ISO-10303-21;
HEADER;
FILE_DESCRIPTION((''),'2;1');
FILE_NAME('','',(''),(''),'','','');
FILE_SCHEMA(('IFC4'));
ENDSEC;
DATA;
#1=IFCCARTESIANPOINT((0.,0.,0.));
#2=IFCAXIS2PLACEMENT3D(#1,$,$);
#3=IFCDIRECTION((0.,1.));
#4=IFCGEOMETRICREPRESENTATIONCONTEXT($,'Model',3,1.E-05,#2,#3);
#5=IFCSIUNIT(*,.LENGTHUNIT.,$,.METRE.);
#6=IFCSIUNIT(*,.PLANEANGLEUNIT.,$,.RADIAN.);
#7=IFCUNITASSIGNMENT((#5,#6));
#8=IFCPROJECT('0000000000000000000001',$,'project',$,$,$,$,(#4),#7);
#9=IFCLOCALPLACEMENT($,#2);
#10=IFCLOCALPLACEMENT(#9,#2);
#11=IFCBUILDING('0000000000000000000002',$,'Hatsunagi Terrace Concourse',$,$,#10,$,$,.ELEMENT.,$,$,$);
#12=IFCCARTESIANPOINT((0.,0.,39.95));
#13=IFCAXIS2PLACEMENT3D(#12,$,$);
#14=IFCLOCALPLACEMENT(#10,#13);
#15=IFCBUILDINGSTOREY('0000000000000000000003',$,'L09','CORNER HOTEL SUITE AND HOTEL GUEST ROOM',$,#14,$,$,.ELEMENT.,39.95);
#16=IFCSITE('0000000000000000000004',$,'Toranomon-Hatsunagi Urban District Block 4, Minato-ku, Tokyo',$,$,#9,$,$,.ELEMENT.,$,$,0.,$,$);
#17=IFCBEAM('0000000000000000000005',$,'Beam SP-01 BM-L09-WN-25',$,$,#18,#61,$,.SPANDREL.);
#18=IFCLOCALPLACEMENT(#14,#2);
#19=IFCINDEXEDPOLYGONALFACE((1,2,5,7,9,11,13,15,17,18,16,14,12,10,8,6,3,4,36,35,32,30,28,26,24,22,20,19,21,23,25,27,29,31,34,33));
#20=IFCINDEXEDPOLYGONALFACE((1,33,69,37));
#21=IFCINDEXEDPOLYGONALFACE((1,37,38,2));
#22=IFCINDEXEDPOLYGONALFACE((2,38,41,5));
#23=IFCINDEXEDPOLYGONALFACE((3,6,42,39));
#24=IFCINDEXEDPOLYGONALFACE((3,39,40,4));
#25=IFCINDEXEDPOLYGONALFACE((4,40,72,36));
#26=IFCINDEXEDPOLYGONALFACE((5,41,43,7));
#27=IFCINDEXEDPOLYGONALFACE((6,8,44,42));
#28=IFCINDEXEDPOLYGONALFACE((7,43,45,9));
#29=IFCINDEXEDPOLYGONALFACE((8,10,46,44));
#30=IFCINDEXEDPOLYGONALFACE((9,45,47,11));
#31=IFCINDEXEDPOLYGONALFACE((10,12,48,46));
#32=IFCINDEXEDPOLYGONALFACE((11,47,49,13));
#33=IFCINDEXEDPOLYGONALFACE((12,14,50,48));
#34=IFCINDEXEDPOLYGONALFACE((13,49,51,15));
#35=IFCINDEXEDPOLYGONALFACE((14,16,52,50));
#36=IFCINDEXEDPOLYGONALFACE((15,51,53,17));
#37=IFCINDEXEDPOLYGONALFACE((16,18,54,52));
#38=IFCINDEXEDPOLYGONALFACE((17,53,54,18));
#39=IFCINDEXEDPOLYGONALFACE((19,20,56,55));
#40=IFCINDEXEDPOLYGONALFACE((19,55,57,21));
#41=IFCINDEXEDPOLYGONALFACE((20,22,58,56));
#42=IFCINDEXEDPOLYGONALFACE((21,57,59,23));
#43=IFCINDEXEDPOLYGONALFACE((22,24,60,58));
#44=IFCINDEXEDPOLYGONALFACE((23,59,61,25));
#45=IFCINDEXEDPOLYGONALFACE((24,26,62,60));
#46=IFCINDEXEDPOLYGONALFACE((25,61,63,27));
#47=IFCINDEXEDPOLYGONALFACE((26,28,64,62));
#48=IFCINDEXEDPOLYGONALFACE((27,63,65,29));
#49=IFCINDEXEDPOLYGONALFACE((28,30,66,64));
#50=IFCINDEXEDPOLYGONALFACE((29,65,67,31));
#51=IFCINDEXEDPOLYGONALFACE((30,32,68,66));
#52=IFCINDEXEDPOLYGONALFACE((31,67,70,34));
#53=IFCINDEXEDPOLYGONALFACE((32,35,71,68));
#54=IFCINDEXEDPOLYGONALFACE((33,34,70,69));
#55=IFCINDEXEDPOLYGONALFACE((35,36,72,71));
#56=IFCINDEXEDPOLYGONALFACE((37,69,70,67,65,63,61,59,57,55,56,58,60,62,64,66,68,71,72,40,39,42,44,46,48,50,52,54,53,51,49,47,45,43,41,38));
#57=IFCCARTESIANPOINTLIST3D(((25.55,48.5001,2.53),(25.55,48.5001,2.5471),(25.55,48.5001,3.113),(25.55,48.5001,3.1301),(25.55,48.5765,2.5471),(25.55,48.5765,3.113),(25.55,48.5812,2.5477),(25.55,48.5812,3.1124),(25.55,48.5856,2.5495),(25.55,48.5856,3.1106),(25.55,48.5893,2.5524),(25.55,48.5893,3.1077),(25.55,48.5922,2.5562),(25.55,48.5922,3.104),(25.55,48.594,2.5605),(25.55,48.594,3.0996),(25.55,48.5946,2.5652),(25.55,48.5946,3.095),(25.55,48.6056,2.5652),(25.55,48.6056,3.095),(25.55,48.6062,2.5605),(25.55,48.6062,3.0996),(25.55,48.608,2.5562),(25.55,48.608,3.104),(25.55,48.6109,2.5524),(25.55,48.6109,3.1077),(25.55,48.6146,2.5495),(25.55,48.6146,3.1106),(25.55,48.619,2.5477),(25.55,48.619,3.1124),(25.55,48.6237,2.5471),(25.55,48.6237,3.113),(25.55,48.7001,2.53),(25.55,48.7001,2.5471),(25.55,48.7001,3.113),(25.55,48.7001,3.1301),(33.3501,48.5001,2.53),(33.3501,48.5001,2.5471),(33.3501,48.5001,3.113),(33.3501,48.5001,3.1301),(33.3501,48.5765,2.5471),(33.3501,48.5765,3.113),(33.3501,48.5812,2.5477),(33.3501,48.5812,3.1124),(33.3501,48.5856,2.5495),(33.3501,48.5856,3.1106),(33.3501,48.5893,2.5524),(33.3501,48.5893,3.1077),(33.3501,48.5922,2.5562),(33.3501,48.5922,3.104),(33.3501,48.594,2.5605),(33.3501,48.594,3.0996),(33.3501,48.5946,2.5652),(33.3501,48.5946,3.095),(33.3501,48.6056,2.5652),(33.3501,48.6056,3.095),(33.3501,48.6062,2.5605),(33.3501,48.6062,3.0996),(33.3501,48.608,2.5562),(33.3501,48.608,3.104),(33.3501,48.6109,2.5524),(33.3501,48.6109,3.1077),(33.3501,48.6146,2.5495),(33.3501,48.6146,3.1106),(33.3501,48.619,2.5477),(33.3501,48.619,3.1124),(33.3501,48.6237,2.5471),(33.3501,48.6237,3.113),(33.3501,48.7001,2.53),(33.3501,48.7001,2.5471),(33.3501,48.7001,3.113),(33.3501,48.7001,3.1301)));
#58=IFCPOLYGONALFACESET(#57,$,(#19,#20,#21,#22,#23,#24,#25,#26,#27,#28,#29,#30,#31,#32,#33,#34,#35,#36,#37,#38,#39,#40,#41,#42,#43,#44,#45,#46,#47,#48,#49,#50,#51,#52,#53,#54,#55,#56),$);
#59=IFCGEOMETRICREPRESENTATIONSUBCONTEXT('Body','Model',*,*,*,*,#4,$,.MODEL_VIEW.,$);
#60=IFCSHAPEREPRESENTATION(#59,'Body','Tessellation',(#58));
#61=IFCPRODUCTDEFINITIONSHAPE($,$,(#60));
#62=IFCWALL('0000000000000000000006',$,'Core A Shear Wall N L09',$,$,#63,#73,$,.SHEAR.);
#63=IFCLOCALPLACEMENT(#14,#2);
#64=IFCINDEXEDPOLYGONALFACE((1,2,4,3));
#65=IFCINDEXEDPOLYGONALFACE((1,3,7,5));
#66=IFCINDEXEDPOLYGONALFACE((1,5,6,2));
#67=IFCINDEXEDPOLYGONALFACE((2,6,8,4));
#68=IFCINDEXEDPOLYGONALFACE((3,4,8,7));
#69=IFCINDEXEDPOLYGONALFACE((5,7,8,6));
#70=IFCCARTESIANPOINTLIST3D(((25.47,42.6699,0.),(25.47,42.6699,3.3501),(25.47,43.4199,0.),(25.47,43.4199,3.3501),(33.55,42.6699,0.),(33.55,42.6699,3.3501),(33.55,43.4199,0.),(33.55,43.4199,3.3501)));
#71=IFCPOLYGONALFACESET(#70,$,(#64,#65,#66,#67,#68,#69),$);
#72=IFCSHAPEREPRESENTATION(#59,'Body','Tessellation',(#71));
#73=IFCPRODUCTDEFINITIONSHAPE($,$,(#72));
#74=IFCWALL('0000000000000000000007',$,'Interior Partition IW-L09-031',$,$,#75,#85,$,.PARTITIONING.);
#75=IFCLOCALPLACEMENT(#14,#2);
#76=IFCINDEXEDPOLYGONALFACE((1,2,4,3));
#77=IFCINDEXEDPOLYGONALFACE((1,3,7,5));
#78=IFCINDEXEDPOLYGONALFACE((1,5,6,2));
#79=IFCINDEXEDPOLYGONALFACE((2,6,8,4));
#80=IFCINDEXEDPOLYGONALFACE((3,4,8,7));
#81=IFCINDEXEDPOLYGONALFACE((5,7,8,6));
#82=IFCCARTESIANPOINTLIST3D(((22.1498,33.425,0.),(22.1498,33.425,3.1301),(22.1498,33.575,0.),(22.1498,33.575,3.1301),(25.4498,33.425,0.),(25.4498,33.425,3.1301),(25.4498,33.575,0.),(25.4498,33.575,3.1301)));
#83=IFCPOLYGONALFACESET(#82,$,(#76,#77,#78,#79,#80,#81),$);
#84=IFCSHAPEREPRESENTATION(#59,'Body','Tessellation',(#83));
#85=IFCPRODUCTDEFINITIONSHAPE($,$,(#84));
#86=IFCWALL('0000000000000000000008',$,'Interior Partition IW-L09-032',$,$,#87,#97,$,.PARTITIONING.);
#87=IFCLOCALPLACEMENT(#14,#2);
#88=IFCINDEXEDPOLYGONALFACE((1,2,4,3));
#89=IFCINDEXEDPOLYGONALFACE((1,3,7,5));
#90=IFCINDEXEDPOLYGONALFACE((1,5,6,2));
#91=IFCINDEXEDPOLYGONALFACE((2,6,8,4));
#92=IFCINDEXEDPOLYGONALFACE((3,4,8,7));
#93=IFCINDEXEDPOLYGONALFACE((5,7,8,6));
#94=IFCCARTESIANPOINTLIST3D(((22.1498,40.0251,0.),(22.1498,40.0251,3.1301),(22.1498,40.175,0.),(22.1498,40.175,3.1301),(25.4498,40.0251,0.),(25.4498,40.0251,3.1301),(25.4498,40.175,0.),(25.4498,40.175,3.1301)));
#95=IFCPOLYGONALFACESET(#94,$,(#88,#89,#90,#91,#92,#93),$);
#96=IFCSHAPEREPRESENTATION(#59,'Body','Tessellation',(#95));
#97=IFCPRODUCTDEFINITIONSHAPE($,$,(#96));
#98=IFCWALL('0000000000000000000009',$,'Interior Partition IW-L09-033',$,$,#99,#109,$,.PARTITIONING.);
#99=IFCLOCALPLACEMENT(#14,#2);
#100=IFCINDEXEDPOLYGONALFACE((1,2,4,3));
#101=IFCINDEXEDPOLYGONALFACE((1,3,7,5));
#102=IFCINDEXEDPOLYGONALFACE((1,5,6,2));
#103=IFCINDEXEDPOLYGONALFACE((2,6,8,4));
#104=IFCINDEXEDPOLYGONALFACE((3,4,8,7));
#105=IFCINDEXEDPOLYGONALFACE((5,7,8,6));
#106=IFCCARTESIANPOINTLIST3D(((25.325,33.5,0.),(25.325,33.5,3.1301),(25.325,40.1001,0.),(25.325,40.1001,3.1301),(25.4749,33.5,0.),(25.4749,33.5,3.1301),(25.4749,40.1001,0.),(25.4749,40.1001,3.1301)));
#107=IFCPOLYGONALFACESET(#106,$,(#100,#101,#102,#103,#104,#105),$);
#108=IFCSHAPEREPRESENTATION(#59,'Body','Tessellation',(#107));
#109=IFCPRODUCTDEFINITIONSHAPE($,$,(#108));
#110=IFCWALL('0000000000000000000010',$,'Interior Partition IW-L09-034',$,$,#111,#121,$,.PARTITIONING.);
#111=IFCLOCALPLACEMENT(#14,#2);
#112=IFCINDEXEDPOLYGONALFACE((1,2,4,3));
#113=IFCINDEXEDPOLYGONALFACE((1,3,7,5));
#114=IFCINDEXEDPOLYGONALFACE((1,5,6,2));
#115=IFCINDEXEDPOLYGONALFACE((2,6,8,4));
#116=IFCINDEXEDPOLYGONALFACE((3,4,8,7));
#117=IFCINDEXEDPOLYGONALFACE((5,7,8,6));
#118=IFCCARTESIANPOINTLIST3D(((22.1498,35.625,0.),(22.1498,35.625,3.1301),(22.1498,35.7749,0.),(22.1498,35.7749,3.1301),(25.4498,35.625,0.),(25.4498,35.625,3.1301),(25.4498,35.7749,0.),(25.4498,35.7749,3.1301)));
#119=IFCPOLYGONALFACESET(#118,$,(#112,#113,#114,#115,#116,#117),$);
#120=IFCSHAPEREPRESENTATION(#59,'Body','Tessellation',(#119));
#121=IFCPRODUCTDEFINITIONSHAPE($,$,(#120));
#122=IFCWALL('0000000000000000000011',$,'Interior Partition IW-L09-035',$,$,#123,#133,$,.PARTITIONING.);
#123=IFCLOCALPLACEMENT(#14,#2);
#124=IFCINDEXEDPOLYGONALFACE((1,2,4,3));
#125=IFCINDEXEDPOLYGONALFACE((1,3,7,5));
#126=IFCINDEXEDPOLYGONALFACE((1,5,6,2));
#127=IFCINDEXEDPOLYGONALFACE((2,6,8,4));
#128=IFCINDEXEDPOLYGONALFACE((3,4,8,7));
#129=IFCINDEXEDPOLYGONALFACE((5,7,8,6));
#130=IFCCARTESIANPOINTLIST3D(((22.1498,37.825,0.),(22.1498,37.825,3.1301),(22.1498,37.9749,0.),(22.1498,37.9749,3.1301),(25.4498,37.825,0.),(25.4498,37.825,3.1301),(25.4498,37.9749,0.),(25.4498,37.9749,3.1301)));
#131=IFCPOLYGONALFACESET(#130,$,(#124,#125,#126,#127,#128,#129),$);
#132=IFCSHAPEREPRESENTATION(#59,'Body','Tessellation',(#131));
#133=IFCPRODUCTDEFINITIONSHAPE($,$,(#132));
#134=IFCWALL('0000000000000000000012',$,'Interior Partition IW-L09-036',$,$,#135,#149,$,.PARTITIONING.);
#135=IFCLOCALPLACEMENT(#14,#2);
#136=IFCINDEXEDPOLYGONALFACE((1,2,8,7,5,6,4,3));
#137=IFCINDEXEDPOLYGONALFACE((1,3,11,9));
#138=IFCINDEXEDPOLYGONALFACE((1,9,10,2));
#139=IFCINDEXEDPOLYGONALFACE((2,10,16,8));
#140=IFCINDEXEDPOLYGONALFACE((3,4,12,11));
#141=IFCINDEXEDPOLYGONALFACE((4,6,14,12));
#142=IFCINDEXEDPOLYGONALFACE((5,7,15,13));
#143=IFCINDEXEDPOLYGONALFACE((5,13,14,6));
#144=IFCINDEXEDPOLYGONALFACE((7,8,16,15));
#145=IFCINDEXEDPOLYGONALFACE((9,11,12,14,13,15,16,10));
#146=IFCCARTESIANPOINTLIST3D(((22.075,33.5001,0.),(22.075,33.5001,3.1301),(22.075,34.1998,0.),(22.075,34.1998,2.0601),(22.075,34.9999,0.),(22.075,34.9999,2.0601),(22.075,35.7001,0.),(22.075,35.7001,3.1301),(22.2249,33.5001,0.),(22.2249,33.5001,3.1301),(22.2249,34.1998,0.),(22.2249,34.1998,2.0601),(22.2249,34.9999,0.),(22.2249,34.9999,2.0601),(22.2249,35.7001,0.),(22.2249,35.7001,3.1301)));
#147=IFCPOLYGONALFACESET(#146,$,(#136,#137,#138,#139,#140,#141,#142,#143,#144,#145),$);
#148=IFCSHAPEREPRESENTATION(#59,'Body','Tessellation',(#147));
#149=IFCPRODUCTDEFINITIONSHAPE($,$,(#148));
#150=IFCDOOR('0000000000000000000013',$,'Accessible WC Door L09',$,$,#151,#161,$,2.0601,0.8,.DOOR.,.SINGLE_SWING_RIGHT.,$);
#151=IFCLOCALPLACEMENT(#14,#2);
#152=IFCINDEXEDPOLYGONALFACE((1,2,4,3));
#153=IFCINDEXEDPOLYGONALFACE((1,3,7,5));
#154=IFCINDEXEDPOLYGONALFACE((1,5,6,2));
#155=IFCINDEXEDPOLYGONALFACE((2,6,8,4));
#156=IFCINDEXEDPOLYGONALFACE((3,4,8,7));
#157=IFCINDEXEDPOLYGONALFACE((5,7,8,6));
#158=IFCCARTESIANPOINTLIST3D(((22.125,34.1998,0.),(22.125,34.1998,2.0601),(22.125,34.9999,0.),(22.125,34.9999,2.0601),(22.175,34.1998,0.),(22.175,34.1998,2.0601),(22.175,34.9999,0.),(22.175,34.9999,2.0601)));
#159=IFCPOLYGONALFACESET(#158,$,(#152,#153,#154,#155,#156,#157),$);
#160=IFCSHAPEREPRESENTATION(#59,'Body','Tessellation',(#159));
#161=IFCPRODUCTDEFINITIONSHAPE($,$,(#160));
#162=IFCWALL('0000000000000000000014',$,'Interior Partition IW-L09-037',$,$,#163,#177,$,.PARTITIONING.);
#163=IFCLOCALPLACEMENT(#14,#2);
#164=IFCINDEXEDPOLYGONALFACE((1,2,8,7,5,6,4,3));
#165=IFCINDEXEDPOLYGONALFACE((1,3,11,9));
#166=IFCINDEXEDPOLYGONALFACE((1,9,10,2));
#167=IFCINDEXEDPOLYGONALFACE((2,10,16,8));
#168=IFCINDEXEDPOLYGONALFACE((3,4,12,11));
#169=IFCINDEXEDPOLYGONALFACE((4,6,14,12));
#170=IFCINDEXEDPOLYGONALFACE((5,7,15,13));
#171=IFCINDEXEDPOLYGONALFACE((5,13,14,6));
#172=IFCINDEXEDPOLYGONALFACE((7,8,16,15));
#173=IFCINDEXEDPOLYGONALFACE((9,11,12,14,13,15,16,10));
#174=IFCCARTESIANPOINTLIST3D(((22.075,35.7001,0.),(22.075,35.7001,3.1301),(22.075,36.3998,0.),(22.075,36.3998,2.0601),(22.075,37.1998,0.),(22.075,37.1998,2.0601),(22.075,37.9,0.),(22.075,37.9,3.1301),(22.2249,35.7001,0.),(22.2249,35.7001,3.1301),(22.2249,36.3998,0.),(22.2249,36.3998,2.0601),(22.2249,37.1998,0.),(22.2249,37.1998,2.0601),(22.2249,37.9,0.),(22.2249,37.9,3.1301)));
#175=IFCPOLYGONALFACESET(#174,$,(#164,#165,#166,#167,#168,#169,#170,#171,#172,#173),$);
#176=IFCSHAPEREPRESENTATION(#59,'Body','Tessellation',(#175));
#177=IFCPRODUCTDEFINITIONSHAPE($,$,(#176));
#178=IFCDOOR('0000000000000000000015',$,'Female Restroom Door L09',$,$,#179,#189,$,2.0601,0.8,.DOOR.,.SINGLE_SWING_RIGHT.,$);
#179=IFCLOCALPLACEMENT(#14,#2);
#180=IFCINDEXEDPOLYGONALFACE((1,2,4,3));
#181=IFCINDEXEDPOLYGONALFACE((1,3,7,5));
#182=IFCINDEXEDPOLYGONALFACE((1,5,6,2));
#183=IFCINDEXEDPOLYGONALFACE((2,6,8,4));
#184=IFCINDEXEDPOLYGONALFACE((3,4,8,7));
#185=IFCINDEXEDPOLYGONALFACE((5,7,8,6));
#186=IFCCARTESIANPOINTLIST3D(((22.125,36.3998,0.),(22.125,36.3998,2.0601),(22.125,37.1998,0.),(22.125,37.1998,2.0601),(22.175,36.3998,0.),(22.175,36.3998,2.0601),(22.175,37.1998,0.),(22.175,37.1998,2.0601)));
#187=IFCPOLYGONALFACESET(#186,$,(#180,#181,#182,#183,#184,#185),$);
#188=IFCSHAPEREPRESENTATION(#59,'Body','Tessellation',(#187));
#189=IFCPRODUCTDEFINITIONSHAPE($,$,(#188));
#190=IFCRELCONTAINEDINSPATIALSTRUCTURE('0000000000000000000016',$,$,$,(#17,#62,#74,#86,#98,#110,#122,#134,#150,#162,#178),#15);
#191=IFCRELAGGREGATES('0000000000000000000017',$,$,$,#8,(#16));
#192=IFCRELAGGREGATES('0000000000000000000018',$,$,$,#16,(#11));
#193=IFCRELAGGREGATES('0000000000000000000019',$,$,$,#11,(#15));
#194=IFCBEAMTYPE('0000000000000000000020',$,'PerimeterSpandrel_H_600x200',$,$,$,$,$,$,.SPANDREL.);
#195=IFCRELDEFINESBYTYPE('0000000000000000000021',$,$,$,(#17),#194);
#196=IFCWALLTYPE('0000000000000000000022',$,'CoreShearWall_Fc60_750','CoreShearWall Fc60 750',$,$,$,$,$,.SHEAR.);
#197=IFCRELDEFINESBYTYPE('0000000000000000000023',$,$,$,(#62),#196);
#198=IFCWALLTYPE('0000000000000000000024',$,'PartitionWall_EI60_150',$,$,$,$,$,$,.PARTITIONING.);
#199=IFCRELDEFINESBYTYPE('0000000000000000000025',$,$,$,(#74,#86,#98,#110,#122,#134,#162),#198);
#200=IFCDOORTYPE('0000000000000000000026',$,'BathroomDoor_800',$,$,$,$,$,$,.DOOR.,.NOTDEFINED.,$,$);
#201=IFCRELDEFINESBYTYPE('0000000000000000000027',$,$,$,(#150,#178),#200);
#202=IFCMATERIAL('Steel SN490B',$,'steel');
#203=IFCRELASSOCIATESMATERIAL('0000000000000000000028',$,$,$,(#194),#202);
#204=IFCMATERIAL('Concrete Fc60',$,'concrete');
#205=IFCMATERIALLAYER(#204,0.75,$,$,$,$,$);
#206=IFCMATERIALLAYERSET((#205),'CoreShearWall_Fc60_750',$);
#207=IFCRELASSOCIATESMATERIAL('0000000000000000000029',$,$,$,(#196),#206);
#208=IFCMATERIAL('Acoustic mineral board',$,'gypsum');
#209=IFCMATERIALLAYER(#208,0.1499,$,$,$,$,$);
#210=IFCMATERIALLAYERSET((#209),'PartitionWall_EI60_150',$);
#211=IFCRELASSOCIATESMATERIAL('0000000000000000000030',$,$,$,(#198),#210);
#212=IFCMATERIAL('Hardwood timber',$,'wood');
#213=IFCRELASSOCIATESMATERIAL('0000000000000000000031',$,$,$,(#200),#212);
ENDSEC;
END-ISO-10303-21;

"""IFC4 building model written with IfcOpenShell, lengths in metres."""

from ifc_helpers import new_model, si_unit, direction, frame, frame_2d, origin, origin_2d, place, context, subcontext, project, spatial, rectangle, i_section, extrude, material, layer, layer_set, material_profile, profile_set, type_object, element, fill, save


model = new_model("IFC4")

# Units and contexts
model_context = context("Model", 3, precision=1e-05, world=origin(), true_north=direction((0.0, 1.0)))
body_context = subcontext(model_context, "Body", "Model", "MODEL_VIEW")
ifc_project = project(units=[si_unit("LENGTHUNIT", "METRE"), si_unit("PLANEANGLEUNIT", "RADIAN")], contexts=[model_context])

# Site, building, storey
site_placement = place(None, origin())
site = spatial("IfcSite", under=ifc_project, at=site_placement, Name="Toranomon-Hatsunagi Urban District Block 4, Minato-ku, Tokyo", CompositionType="ELEMENT", RefElevation=0.0)
building_placement = place(site_placement, origin())
building = spatial("IfcBuilding", under=site, at=building_placement, Name="Hatsunagi Terrace Concourse", CompositionType="ELEMENT")
storey_placement = place(building_placement, frame((0.0, 0.0, 39.95)))
storey = spatial("IfcBuildingStorey", under=building, at=storey_placement, Name="L09", Description="CORNER HOTEL SUITE AND HOTEL GUEST ROOM", CompositionType="ELEMENT", Elevation=39.95)

# Beam
ifc_material_1 = material(Name="Steel SN490B", Category="steel")
ifc_material_profile_1 = material_profile(ifc_material_1, i_section(OverallWidth=0.2, OverallDepth=0.6001, WebThickness=0.011, FlangeThickness=0.0171, FilletRadius=0.0181, at=origin_2d()), Name="H-600x200x11x17")
ifc_profile_set_1 = profile_set([ifc_material_profile_1], Name="Steel SN490B")
beam_type_1 = type_object("IfcBeamType", Name="PerimeterSpandrel_H_600x200", PredefinedType="SPANDREL", material=ifc_profile_set_1)
beam_1_placement = place(storey_placement, frame((25.55, 48.6001, 2.8301), z_axis=(1.0, 0.0, 0.0), x_axis=(0.0, 1.0, 0.0)))
element("IfcBeam", 1, at=beam_1_placement, inside=storey, type_object=beam_type_1, Name="Beam SP-01 BM-L09-WN-25", PredefinedType="SPANDREL", context=body_context, shape_type="SweptSolid", body=[
    extrude(i_section(OverallWidth=0.2, OverallDepth=0.6001, WebThickness=0.011, FlangeThickness=0.0171, FilletRadius=0.0181, at=origin_2d()), origin(), (0.0, 0.0, 1.0), 7.8),
])

# Walls
ifc_material_2 = material(Name="Concrete Fc60", Category="concrete")
ifc_layer_1 = layer(ifc_material_2, 0.75)
ifc_layer_set_1 = layer_set([ifc_layer_1], Name="CoreShearWall_Fc60_750")
wall_type_1 = type_object("IfcWallType", Name="CoreShearWall_Fc60_750", Description="CoreShearWall Fc60 750", PredefinedType="SHEAR", material=ifc_layer_set_1)
wall_1_placement = place(storey_placement, frame((25.47, 43.0449, 0.0), z_axis=(0.0, 0.0, 1.0), x_axis=(1.0, 0.0, 0.0)))
element("IfcWall", 2, at=wall_1_placement, inside=storey, type_object=wall_type_1, Name="Core A Shear Wall N L09", PredefinedType="SHEAR", context=body_context, shape_type="SweptSolid", body=[
    extrude(rectangle(XDim=8.0801, YDim=0.75, at=frame_2d((4.04, 0.0))), origin(), (0.0, 0.0, 1.0), 3.3501),
])
ifc_material_3 = material(Name="Acoustic mineral board", Category="gypsum")
ifc_layer_2 = layer(ifc_material_3, 0.1499)
ifc_layer_set_2 = layer_set([ifc_layer_2], Name="PartitionWall_EI60_150")
wall_type_2 = type_object("IfcWallType", Name="PartitionWall_EI60_150", PredefinedType="PARTITIONING", material=ifc_layer_set_2)
for number, where, z_axis, x_axis, name in (
    (3, (22.1499, 33.5, 0.0), (0.0, 0.0, 1.0), (1.0, 0.0, 0.0), "Interior Partition IW-L09-031"),
    (4, (22.1499, 40.1001, 0.0), (0.0, 0.0, 1.0), (1.0, 0.0, 0.0), "Interior Partition IW-L09-032"),
):
    element("IfcWall", number, at=place(storey_placement, frame(where, z_axis=z_axis, x_axis=x_axis)), inside=storey, type_object=wall_type_2, Name=name, PredefinedType="PARTITIONING", context=body_context, shape_type="SweptSolid", body=[
        extrude(rectangle(XDim=3.3, YDim=0.1499, at=frame_2d((1.6499, 0.0))), origin(), (0.0, 0.0, 1.0), 3.1301),
    ])
wall_2_placement = place(storey_placement, frame((25.3999, 33.5, 0.0), z_axis=(0.0, 0.0, 1.0), x_axis=(0.0, 1.0, 0.0)))
element("IfcWall", 5, at=wall_2_placement, inside=storey, type_object=wall_type_2, Name="Interior Partition IW-L09-033", PredefinedType="PARTITIONING", context=body_context, shape_type="SweptSolid", body=[
    extrude(rectangle(XDim=6.6001, YDim=0.1499, at=frame_2d((3.3, 0.0))), origin(), (0.0, 0.0, 1.0), 3.1301),
])
for number, where, z_axis, x_axis, name in (
    (6, (22.1499, 35.7, 0.0), (0.0, 0.0, 1.0), (1.0, 0.0, 0.0), "Interior Partition IW-L09-034"),
    (7, (22.1499, 37.8999, 0.0), (0.0, 0.0, 1.0), (1.0, 0.0, 0.0), "Interior Partition IW-L09-035"),
):
    element("IfcWall", number, at=place(storey_placement, frame(where, z_axis=z_axis, x_axis=x_axis)), inside=storey, type_object=wall_type_2, Name=name, PredefinedType="PARTITIONING", context=body_context, shape_type="SweptSolid", body=[
        extrude(rectangle(XDim=3.3, YDim=0.1499, at=frame_2d((1.6499, 0.0))), origin(), (0.0, 0.0, 1.0), 3.1301),
    ])

# Walls, openings, doors
wall_3_placement = place(storey_placement, frame((22.1499, 33.5, 0.0), z_axis=(0.0, 0.0, 1.0), x_axis=(0.0, 1.0, 0.0)))
wall_3 = element("IfcWall", 8, at=wall_3_placement, inside=storey, type_object=wall_type_2, Name="Interior Partition IW-L09-036", PredefinedType="PARTITIONING", context=body_context, shape_type="SweptSolid", body=[
    extrude(rectangle(XDim=2.2, YDim=0.1499, at=frame_2d((1.1001, 0.0))), origin(), (0.0, 0.0, 1.0), 3.1301),
])
opening_1_placement = place(wall_3_placement, frame((0.7, 0.0, 0.0)))
opening_1 = element("IfcOpeningElement", 9, at=opening_1_placement, cuts=wall_3, PredefinedType="OPENING", context=body_context, shape_type="SweptSolid", body=[
    extrude(rectangle(XDim=0.8, YDim=2.0601, at=frame_2d((0.3999, 1.03))), frame((0.0, 0.085, 0.0), z_axis=(0.0, -1.0, 0.0), x_axis=(1.0, 0.0, 0.0)), (0.0, 0.0, 1.0), 0.1699),
])
ifc_material_4 = material(Name="Hardwood timber", Category="wood")
door_type_1 = type_object("IfcDoorType", Name="BathroomDoor_800", OperationType="NOTDEFINED", PredefinedType="DOOR", material=ifc_material_4)
door_1_placement = place(opening_1_placement, origin())
door_1 = element("IfcDoor", 10, at=door_1_placement, inside=storey, type_object=door_type_1, Name="Accessible WC Door L09", OperationType="SINGLE_SWING_RIGHT", OverallHeight=2.0601, OverallWidth=0.8, PredefinedType="DOOR", context=body_context, shape_type="SweptSolid", body=[
    extrude(rectangle(XDim=0.8, YDim=2.0601, at=frame_2d((0.3999, 1.03))), frame((0.0, 0.0249, 0.0), z_axis=(0.0, -1.0, 0.0), x_axis=(1.0, 0.0, 0.0)), (0.0, 0.0, 1.0), 0.05),
])
fill(opening_1, door_1)
wall_4_placement = place(storey_placement, frame((22.1499, 35.7, 0.0), z_axis=(0.0, 0.0, 1.0), x_axis=(0.0, 1.0, 0.0)))
wall_4 = element("IfcWall", 11, at=wall_4_placement, inside=storey, type_object=wall_type_2, Name="Interior Partition IW-L09-037", PredefinedType="PARTITIONING", context=body_context, shape_type="SweptSolid", body=[
    extrude(rectangle(XDim=2.2, YDim=0.1499, at=frame_2d((1.1001, 0.0))), origin(), (0.0, 0.0, 1.0), 3.1301),
])
opening_2_placement = place(wall_4_placement, frame((0.7, 0.0, 0.0)))
opening_2 = element("IfcOpeningElement", 12, at=opening_2_placement, cuts=wall_4, PredefinedType="OPENING", context=body_context, shape_type="SweptSolid", body=[
    extrude(rectangle(XDim=0.8, YDim=2.0601, at=frame_2d((0.3999, 1.03))), frame((0.0, 0.085, 0.0), z_axis=(0.0, -1.0, 0.0), x_axis=(1.0, 0.0, 0.0)), (0.0, 0.0, 1.0), 0.1699),
])
door_2_placement = place(opening_2_placement, origin())
door_2 = element("IfcDoor", 13, at=door_2_placement, inside=storey, type_object=door_type_1, Name="Female Restroom Door L09", OperationType="SINGLE_SWING_RIGHT", OverallHeight=2.0601, OverallWidth=0.8, PredefinedType="DOOR", context=body_context, shape_type="SweptSolid", body=[
    extrude(rectangle(XDim=0.8, YDim=2.0601, at=frame_2d((0.3999, 1.03))), frame((0.0, 0.0249, 0.0), z_axis=(0.0, -1.0, 0.0), x_axis=(1.0, 0.0, 0.0)), (0.0, 0.0, 1.0), 0.05),
])
fill(opening_2, door_2)

save(model, "model.ifc")
